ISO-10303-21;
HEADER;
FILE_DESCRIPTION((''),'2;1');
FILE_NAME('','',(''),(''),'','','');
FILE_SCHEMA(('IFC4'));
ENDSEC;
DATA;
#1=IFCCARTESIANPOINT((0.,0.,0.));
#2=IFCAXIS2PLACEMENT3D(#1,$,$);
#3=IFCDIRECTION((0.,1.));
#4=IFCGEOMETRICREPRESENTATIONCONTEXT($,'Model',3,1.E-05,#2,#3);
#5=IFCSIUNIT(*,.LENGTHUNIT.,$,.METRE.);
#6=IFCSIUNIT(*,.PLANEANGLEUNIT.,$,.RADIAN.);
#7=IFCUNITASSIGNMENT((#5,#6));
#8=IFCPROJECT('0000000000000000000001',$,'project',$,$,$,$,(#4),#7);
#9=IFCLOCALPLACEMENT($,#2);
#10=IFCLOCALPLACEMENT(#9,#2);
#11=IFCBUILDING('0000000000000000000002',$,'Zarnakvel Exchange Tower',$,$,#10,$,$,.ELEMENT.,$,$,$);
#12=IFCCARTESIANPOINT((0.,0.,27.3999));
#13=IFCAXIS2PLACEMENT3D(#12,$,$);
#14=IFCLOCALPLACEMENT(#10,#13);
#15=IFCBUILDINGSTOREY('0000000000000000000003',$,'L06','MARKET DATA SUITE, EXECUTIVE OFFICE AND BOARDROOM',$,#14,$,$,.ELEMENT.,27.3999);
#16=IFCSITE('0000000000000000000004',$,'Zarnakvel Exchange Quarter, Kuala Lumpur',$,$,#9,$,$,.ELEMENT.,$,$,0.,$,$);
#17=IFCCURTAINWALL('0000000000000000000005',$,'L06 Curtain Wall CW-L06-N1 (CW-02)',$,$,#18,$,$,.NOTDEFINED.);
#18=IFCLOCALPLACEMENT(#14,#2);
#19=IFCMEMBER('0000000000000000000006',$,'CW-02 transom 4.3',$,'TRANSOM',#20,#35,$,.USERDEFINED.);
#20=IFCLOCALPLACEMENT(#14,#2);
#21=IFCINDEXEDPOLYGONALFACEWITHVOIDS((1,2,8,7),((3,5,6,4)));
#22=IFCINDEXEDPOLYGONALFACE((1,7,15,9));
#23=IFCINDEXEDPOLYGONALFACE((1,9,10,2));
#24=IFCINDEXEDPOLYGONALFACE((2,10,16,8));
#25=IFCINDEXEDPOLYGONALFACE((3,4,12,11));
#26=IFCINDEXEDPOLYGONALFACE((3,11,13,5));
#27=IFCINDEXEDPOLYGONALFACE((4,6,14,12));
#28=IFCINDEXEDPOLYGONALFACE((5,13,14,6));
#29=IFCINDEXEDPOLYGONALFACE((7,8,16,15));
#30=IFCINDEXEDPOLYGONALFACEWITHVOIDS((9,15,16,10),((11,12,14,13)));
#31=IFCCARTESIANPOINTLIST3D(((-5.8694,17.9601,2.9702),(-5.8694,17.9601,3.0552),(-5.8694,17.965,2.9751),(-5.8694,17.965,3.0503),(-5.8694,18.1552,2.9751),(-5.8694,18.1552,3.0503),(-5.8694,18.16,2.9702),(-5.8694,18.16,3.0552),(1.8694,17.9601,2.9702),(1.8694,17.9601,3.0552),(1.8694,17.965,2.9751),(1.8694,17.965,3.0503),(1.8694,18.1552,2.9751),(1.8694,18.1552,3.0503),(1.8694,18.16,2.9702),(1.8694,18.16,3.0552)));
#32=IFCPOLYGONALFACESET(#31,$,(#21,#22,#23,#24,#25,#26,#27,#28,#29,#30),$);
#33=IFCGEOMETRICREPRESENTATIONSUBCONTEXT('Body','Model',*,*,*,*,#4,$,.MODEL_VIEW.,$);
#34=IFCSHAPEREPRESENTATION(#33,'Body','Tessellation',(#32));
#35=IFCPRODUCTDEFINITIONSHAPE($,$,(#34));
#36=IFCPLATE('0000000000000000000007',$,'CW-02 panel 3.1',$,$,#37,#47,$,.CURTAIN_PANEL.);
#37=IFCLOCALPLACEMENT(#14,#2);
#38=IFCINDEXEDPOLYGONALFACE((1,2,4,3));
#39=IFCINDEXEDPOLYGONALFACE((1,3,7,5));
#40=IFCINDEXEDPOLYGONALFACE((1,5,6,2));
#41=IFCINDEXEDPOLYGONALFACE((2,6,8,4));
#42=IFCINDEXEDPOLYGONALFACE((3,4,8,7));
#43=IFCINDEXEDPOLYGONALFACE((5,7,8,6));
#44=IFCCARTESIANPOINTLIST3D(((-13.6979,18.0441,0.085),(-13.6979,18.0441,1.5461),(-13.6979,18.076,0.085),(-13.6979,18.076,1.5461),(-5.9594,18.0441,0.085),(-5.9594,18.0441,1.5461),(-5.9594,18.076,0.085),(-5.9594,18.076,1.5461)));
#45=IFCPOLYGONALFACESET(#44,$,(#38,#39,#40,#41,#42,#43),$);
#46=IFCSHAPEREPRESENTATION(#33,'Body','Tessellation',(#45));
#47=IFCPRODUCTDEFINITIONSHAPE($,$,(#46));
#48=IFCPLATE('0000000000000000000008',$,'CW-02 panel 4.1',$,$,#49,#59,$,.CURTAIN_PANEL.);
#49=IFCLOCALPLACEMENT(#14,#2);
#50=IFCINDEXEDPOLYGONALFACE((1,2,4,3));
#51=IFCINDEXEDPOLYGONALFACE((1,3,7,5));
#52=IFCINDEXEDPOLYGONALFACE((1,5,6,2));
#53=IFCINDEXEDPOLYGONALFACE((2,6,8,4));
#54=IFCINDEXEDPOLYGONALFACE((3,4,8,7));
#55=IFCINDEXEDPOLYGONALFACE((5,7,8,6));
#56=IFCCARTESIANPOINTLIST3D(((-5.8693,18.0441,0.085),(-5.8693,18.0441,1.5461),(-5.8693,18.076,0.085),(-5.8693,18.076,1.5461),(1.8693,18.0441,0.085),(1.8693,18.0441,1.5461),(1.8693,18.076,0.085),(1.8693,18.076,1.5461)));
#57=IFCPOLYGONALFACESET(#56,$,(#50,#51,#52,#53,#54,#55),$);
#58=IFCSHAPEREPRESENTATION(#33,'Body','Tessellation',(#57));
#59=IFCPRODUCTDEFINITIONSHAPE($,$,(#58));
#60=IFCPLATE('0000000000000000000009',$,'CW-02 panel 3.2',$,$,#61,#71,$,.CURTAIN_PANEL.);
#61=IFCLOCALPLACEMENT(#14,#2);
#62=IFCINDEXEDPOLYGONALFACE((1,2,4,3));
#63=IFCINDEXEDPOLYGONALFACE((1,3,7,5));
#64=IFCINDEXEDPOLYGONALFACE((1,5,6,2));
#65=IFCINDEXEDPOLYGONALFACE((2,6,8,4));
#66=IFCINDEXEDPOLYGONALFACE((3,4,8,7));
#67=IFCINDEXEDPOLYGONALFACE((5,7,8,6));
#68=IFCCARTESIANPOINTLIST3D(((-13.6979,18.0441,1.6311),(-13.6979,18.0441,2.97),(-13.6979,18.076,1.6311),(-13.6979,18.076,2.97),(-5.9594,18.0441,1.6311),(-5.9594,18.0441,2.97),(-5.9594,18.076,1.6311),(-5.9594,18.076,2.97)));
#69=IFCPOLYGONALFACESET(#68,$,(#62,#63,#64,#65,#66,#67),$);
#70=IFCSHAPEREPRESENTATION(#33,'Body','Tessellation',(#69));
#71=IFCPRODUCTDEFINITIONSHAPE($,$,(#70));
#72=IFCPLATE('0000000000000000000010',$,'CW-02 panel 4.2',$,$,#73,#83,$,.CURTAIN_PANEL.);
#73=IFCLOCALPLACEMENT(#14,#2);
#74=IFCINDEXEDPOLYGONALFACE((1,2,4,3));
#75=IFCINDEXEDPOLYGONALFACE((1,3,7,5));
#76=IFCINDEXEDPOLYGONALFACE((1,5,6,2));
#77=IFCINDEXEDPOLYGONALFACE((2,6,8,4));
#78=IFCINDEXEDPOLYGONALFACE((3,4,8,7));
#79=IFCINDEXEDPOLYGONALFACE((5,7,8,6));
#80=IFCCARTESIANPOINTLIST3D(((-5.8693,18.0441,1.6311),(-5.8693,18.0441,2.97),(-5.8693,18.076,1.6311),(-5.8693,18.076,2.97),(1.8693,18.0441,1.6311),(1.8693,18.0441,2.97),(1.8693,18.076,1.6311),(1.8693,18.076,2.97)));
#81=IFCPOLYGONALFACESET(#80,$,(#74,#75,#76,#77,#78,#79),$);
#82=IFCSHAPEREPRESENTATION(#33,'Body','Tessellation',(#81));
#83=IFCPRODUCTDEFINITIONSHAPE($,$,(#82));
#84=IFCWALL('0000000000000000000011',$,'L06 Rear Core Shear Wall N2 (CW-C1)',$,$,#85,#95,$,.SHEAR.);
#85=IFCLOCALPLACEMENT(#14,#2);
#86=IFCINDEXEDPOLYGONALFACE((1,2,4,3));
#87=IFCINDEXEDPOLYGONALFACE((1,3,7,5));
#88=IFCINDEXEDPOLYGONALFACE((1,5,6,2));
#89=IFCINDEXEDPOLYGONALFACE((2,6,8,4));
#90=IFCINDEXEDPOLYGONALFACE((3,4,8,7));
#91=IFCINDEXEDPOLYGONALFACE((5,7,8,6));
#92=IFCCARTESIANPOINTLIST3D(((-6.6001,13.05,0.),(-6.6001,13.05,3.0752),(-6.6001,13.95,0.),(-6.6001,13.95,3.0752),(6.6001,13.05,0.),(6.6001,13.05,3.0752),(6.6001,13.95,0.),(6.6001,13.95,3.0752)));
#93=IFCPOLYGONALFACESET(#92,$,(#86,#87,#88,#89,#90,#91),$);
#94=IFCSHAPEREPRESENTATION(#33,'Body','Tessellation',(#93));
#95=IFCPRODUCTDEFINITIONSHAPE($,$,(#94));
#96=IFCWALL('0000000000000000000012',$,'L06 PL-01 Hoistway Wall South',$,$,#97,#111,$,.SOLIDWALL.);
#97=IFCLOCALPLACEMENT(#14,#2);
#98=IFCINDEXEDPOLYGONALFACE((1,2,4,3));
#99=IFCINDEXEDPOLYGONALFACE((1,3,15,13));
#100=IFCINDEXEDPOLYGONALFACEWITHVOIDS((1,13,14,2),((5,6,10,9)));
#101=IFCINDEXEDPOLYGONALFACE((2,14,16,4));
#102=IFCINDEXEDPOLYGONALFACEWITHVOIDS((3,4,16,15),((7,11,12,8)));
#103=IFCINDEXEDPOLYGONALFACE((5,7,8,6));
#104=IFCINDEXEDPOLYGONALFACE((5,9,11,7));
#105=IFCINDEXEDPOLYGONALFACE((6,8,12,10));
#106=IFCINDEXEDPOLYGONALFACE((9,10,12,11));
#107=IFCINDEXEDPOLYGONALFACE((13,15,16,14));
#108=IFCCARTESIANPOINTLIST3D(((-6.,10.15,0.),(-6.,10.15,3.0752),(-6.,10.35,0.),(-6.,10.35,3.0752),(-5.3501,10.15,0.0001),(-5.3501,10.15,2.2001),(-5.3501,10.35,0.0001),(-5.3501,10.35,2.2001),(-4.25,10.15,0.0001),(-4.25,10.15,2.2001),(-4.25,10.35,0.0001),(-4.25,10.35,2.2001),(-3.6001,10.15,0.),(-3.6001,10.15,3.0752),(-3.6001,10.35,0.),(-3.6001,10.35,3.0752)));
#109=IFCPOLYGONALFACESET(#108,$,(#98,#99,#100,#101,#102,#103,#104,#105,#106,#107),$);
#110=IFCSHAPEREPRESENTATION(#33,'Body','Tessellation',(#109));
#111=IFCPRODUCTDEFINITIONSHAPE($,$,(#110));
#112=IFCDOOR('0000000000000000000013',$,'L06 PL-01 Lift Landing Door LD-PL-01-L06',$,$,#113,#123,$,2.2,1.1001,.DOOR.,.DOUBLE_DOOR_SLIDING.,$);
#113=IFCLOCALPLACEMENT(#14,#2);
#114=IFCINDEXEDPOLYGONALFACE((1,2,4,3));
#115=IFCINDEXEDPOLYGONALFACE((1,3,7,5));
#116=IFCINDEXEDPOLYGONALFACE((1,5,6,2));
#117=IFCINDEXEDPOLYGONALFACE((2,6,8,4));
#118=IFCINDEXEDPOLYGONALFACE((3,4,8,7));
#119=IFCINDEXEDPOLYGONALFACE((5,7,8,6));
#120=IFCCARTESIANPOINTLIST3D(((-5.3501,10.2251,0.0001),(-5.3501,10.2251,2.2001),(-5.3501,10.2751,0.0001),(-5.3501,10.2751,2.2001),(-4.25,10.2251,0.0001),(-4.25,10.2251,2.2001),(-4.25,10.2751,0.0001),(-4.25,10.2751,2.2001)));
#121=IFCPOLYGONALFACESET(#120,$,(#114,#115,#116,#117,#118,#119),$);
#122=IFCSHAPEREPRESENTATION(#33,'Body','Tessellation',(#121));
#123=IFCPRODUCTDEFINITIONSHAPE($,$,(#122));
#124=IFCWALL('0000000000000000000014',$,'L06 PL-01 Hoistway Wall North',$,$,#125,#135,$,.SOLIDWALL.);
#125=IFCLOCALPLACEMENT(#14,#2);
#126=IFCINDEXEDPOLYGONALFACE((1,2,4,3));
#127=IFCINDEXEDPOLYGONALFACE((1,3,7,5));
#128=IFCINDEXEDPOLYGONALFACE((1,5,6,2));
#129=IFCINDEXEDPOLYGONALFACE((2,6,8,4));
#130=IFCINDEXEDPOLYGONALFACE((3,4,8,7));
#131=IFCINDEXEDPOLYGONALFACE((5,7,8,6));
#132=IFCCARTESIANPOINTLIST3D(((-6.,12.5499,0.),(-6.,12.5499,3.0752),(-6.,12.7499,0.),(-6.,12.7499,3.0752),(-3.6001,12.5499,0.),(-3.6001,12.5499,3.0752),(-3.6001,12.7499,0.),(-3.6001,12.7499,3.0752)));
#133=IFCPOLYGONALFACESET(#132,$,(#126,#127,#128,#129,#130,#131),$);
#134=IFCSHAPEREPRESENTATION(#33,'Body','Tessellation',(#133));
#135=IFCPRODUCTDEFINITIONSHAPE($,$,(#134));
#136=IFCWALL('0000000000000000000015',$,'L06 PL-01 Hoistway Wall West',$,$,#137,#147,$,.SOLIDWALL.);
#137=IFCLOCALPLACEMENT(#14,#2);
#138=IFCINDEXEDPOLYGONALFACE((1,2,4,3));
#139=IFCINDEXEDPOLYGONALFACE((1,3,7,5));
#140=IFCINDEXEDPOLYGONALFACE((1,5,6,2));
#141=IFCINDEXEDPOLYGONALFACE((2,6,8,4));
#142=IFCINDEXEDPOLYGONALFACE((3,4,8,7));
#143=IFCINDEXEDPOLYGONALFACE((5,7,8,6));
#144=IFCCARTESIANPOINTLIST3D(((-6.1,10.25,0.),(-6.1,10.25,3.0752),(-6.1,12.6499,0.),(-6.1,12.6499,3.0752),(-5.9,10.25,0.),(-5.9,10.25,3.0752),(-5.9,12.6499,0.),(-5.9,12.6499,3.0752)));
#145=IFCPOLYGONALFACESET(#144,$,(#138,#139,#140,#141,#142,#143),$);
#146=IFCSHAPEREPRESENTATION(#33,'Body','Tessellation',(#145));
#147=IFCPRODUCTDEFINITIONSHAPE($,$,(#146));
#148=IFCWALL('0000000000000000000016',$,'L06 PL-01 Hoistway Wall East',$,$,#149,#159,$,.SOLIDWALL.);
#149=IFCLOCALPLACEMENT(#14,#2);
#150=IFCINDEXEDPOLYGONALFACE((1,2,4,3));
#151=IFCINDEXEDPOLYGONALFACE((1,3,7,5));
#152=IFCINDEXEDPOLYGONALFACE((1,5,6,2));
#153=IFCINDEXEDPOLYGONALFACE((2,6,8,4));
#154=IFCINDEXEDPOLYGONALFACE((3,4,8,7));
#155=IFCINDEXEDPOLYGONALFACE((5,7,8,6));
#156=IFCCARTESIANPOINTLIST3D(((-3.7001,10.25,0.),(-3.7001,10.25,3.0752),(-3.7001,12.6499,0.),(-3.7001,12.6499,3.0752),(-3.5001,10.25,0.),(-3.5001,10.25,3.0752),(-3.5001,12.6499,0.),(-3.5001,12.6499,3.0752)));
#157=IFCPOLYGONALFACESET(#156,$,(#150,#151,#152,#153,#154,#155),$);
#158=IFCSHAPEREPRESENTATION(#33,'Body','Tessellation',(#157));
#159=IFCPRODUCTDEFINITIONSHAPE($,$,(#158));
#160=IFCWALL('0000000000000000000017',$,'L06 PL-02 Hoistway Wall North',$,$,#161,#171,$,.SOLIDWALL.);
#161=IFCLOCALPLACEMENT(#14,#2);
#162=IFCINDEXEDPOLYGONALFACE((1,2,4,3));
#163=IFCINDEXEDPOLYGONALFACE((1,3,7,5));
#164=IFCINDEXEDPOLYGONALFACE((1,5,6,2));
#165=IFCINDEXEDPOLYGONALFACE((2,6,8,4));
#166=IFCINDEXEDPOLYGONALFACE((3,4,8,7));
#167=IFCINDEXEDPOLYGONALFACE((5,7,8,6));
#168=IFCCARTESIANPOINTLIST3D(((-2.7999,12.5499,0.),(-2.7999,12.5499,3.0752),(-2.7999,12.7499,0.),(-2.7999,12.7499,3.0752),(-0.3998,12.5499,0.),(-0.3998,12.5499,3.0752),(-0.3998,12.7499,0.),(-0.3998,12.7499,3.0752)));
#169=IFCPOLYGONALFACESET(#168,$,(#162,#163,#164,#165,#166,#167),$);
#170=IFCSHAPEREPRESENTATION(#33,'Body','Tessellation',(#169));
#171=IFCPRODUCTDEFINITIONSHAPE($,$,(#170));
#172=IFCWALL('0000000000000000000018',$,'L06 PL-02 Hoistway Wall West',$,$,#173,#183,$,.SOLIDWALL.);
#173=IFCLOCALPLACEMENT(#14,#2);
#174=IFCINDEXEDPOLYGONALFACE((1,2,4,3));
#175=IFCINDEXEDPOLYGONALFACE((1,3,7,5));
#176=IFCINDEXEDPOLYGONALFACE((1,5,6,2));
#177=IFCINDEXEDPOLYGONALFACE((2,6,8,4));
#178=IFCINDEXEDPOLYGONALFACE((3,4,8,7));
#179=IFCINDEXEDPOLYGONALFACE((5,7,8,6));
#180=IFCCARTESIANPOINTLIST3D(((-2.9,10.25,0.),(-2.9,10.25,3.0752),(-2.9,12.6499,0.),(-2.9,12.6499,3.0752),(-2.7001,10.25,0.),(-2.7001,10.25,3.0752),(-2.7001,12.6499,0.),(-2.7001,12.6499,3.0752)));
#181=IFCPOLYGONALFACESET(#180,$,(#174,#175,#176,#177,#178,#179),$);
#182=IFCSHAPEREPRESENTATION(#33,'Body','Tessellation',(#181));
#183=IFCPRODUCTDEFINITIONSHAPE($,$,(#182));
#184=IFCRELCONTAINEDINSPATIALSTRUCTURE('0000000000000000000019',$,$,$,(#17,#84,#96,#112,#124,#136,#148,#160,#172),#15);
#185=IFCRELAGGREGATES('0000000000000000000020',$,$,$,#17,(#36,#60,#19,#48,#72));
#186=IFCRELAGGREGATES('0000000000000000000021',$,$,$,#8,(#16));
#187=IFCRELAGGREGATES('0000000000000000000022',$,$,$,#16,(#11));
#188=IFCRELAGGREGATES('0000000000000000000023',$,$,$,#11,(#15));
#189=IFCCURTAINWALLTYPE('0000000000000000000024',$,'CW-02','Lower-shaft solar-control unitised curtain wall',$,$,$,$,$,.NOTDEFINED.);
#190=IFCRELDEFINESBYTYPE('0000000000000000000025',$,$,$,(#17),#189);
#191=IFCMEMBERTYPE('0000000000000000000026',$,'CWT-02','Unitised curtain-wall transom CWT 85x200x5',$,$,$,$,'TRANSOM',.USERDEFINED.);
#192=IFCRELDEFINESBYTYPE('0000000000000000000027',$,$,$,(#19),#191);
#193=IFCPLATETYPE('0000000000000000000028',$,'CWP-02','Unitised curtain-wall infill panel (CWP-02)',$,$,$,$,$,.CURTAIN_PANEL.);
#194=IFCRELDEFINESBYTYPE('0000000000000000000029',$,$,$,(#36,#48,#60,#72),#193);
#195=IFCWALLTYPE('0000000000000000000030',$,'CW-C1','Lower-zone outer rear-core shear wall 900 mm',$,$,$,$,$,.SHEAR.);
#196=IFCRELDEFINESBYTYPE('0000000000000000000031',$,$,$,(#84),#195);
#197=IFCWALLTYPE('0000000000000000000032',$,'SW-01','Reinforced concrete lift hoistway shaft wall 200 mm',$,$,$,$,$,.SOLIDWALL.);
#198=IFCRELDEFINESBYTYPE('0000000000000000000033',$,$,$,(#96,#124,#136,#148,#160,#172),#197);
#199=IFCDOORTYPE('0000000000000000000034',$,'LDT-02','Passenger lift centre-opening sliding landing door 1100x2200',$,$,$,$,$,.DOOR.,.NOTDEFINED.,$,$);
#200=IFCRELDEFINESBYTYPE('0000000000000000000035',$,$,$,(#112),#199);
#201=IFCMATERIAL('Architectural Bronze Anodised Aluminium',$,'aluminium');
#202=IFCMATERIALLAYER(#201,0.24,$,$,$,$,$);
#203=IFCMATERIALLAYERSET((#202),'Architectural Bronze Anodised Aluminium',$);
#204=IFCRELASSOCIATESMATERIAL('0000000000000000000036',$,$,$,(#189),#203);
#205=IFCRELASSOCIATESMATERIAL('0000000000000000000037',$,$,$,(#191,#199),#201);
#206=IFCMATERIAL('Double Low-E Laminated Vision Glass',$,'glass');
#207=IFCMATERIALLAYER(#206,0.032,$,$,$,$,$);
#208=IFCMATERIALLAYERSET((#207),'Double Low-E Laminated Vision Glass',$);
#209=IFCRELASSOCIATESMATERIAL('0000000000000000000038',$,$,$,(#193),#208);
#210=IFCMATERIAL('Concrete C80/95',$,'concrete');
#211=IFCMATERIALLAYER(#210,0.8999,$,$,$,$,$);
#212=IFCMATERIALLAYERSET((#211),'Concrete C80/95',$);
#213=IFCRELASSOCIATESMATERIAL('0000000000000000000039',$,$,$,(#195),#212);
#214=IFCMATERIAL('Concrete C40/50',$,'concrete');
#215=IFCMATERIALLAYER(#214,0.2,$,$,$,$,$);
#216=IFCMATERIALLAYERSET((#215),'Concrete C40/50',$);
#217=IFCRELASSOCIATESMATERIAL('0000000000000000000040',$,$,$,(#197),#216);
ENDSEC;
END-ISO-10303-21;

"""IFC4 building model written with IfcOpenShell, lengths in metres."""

from ifc_helpers import new_model, si_unit, direction, frame, frame_2d, origin, origin_2d, place, context, subcontext, project, spatial, rectangle, hollow_rectangle, extrude, source, transform, mapped, material, layer, layer_set, material_profile, profile_set, type_object, element, fill, aggregate, save


model = new_model("IFC4")

# Units and contexts
model_context = context("Model", 3, precision=1e-05, world=origin(), true_north=direction((0.0, 1.0)))
body_context = subcontext(model_context, "Body", "Model", "MODEL_VIEW")
ifc_project = project(units=[si_unit("LENGTHUNIT", "METRE"), si_unit("PLANEANGLEUNIT", "RADIAN")], contexts=[model_context])

# Site, building, storey
site_placement = place(None, origin())
site = spatial("IfcSite", under=ifc_project, at=site_placement, Name="Zarnakvel Exchange Quarter, Kuala Lumpur", CompositionType="ELEMENT", RefElevation=0.0)
building_placement = place(site_placement, origin())
building = spatial("IfcBuilding", under=site, at=building_placement, Name="Zarnakvel Exchange Tower", CompositionType="ELEMENT")
storey_placement = place(building_placement, frame((0.0, 0.0, 27.3999)))
storey = spatial("IfcBuildingStorey", under=building, at=storey_placement, Name="L06", Description="MARKET DATA SUITE, EXECUTIVE OFFICE AND BOARDROOM", CompositionType="ELEMENT", Elevation=27.3999)

# Shared definitions
ifc_material_1 = material(Name="Concrete C80/95", Category="concrete")

# Curtain wall, member, plates
ifc_material_2 = material(Name="Architectural Bronze Anodised Aluminium", Category="aluminium")
ifc_layer_1 = layer(ifc_material_2, 0.24)
ifc_layer_set_1 = layer_set([ifc_layer_1], Name="Architectural Bronze Anodised Aluminium")
curtain_wall_type = type_object("IfcCurtainWallType", Name="CW-02", Description="Lower-shaft solar-control unitised curtain wall", PredefinedType="NOTDEFINED", material=ifc_layer_set_1)
curtain_wall_placement = place(storey_placement, origin())
curtain_wall = element("IfcCurtainWall", 1, at=curtain_wall_placement, inside=storey, type_object=curtain_wall_type, Name="L06 Curtain Wall CW-L06-N1 (CW-02)", PredefinedType="NOTDEFINED")
ifc_material_profile_1 = material_profile(ifc_material_2, hollow_rectangle(XDim=0.2, YDim=0.085, WallThickness=0.0049, at=origin_2d()))
ifc_profile_set_1 = profile_set([ifc_material_profile_1], Name="Architectural Bronze Anodised Aluminium")
member_type_1 = type_object("IfcMemberType", Name="CWT-02", Description="Unitised curtain-wall transom CWT 85x200x5", ElementType="TRANSOM", PredefinedType="USERDEFINED", material=ifc_profile_set_1)
shared_shape_1 = source(origin(), body_context, "Body", "SweptSolid", [
    extrude(hollow_rectangle(XDim=0.2, YDim=0.085, WallThickness=0.0049, at=origin_2d()), origin(), (0.0, 0.0, 1.0), 7.7388),
])
member_1_placement = place(storey_placement, frame((-5.8694, 18.0601, 3.0127), z_axis=(1.0, 0.0, 0.0), x_axis=(0.0, 1.0, 0.0)))
member_1 = element("IfcMember", 2, at=member_1_placement, type_object=member_type_1, Name="CW-02 transom 4.3", ObjectType="TRANSOM", PredefinedType="USERDEFINED", context=body_context, shape_type="MappedRepresentation", body=[
    mapped(shared_shape_1, transform((0.0, 0.0, 0.0), x_axis=(1.0, 0.0, 0.0), y_axis=(0.0, 1.0, 0.0), z_axis=(0.0, 0.0, 1.0), scale=1.0)),
])
ifc_material_3 = material(Name="Double Low-E Laminated Vision Glass", Category="glass")
ifc_layer_2 = layer(ifc_material_3, 0.032)
ifc_layer_set_2 = layer_set([ifc_layer_2], Name="Double Low-E Laminated Vision Glass")
plate_type = type_object("IfcPlateType", Name="CWP-02", Description="Unitised curtain-wall infill panel (CWP-02)", PredefinedType="CURTAIN_PANEL", material=ifc_layer_set_2)
shared_shape_2 = source(origin(), body_context, "Body", "SweptSolid", [
    extrude(rectangle(XDim=7.7385, YDim=0.032, at=origin_2d()), origin(), (0.0, 0.0, 1.0), 1.4612),
])
plate_1_placement = place(storey_placement, frame((-9.8286, 18.0601, 0.085), z_axis=(0.0, 0.0, 1.0), x_axis=(1.0, 0.0, 0.0)))
plate_1 = element("IfcPlate", 3, at=plate_1_placement, type_object=plate_type, Name="CW-02 panel 3.1", PredefinedType="CURTAIN_PANEL", context=body_context, shape_type="MappedRepresentation", body=[
    mapped(shared_shape_2, transform((0.0, 0.0, 0.0), x_axis=(1.0, 0.0, 0.0), y_axis=(0.0, 1.0, 0.0), z_axis=(0.0, 0.0, 1.0), scale=1.0)),
])
plate_2_placement = place(storey_placement, frame((-2.0, 18.0601, 0.085), z_axis=(0.0, 0.0, 1.0), x_axis=(1.0, 0.0, 0.0)))
plate_2 = element("IfcPlate", 4, at=plate_2_placement, type_object=plate_type, Name="CW-02 panel 4.1", PredefinedType="CURTAIN_PANEL", context=body_context, shape_type="MappedRepresentation", body=[
    mapped(shared_shape_2, transform((0.0, 0.0, 0.0), x_axis=(1.0, 0.0, 0.0), y_axis=(0.0, 1.0, 0.0), z_axis=(0.0, 0.0, 1.0), scale=1.0)),
])
shared_shape_3 = source(origin(), body_context, "Body", "SweptSolid", [
    extrude(rectangle(XDim=7.7385, YDim=0.032, at=origin_2d()), origin(), (0.0, 0.0, 1.0), 1.3389),
])
plate_3_placement = place(storey_placement, frame((-9.8286, 18.0601, 1.6311), z_axis=(0.0, 0.0, 1.0), x_axis=(1.0, 0.0, 0.0)))
plate_3 = element("IfcPlate", 5, at=plate_3_placement, type_object=plate_type, Name="CW-02 panel 3.2", PredefinedType="CURTAIN_PANEL", context=body_context, shape_type="MappedRepresentation", body=[
    mapped(shared_shape_3, transform((0.0, 0.0, 0.0), x_axis=(1.0, 0.0, 0.0), y_axis=(0.0, 1.0, 0.0), z_axis=(0.0, 0.0, 1.0), scale=1.0)),
])
plate_4_placement = place(storey_placement, frame((-2.0, 18.0601, 1.6311), z_axis=(0.0, 0.0, 1.0), x_axis=(1.0, 0.0, 0.0)))
plate_4 = element("IfcPlate", 6, at=plate_4_placement, type_object=plate_type, Name="CW-02 panel 4.2", PredefinedType="CURTAIN_PANEL", context=body_context, shape_type="MappedRepresentation", body=[
    mapped(shared_shape_3, transform((0.0, 0.0, 0.0), x_axis=(1.0, 0.0, 0.0), y_axis=(0.0, 1.0, 0.0), z_axis=(0.0, 0.0, 1.0), scale=1.0)),
])
aggregate(curtain_wall, [plate_1, plate_3, member_1, plate_2, plate_4])

# Wall
ifc_layer_3 = layer(ifc_material_1, 0.8999)
ifc_layer_set_3 = layer_set([ifc_layer_3], Name="Concrete C80/95")
wall_type_1 = type_object("IfcWallType", Name="CW-C1", Description="Lower-zone outer rear-core shear wall 900 mm", PredefinedType="SHEAR", material=ifc_layer_set_3)
wall_1_placement = place(storey_placement, frame((-6.6001, 13.5, 0.0), z_axis=(0.0, 0.0, 1.0), x_axis=(1.0, 0.0, 0.0)))
element("IfcWall", 7, at=wall_1_placement, inside=storey, type_object=wall_type_1, Name="L06 Rear Core Shear Wall N2 (CW-C1)", PredefinedType="SHEAR", context=body_context, shape_type="SweptSolid", body=[
    extrude(rectangle(XDim=13.2002, YDim=0.8999, at=frame_2d((6.6001, 0.0))), origin(), (0.0, 0.0, 1.0), 3.0752),
])

# Wall, opening, door
ifc_material_4 = material(Name="Concrete C40/50", Category="concrete")
ifc_layer_4 = layer(ifc_material_4, 0.2)
ifc_layer_set_4 = layer_set([ifc_layer_4], Name="Concrete C40/50")
wall_type_2 = type_object("IfcWallType", Name="SW-01", Description="Reinforced concrete lift hoistway shaft wall 200 mm", PredefinedType="SOLIDWALL", material=ifc_layer_set_4)
wall_2_placement = place(storey_placement, frame((-3.6001, 10.25, 0.0), z_axis=(0.0, 0.0, 1.0), x_axis=(-1.0, 0.0, 0.0)))
wall_2 = element("IfcWall", 8, at=wall_2_placement, inside=storey, type_object=wall_type_2, Name="L06 PL-01 Hoistway Wall South", PredefinedType="SOLIDWALL", context=body_context, shape_type="SweptSolid", body=[
    extrude(rectangle(XDim=2.3999, YDim=0.2, at=frame_2d((1.2, 0.0))), origin(), (0.0, 0.0, 1.0), 3.0752),
])
opening_placement = place(wall_2_placement, frame((0.6499, 0.0, 0.0)))
opening = element("IfcOpeningElement", 9, at=opening_placement, cuts=wall_2, PredefinedType="OPENING", context=body_context, shape_type="SweptSolid", body=[
    extrude(rectangle(XDim=1.1001, YDim=2.2, at=frame_2d((0.55, 1.1001))), frame((0.0, 0.1099, 0.0), z_axis=(0.0, -1.0, 0.0), x_axis=(1.0, 0.0, 0.0)), (0.0, 0.0, 1.0), 0.22),
])
door_type = type_object("IfcDoorType", Name="LDT-02", Description="Passenger lift centre-opening sliding landing door 1100x2200", OperationType="NOTDEFINED", PredefinedType="DOOR", material=ifc_material_2)
shared_shape_4 = source(origin(), body_context, "Body", "SweptSolid", [
    extrude(rectangle(XDim=1.1001, YDim=2.2, at=frame_2d((0.55, 1.1001))), frame((0.0, 0.0249, 0.0), z_axis=(0.0, -1.0, 0.0), x_axis=(1.0, 0.0, 0.0)), (0.0, 0.0, 1.0), 0.05),
])
door_placement = place(opening_placement, origin())
door = element("IfcDoor", 10, at=door_placement, inside=storey, type_object=door_type, Name="L06 PL-01 Lift Landing Door LD-PL-01-L06", OperationType="DOUBLE_DOOR_SLIDING", OverallHeight=2.2, OverallWidth=1.1001, PredefinedType="DOOR", context=body_context, shape_type="MappedRepresentation", body=[
    mapped(shared_shape_4, transform((0.0, 0.0, 0.0), x_axis=(1.0, 0.0, 0.0), y_axis=(0.0, 1.0, 0.0), z_axis=(0.0, 0.0, 1.0), scale=1.0)),
])
fill(opening, door)

# Walls
for number, where, z_axis, x_axis, name in (
    (11, (-6.0, 12.6499, 0.0), (0.0, 0.0, 1.0), (1.0, 0.0, 0.0), "L06 PL-01 Hoistway Wall North"),
    (12, (-6.0, 10.25, 0.0), (0.0, 0.0, 1.0), (0.0, 1.0, 0.0), "L06 PL-01 Hoistway Wall West"),
    (13, (-3.6001, 12.6499, 0.0), (0.0, 0.0, 1.0), (0.0, -1.0, 0.0), "L06 PL-01 Hoistway Wall East"),
):
    element("IfcWall", number, at=place(storey_placement, frame(where, z_axis=z_axis, x_axis=x_axis)), inside=storey, type_object=wall_type_2, Name=name, PredefinedType="SOLIDWALL", context=body_context, shape_type="SweptSolid", body=[
        extrude(rectangle(XDim=2.3999, YDim=0.2, at=frame_2d((1.2, 0.0))), origin(), (0.0, 0.0, 1.0), 3.0752),
    ])
wall_3_placement = place(storey_placement, frame((-2.8, 12.6499, 0.0), z_axis=(0.0, 0.0, 1.0), x_axis=(1.0, 0.0, 0.0)))
element("IfcWall", 14, at=wall_3_placement, inside=storey, type_object=wall_type_2, Name="L06 PL-02 Hoistway Wall North", PredefinedType="SOLIDWALL", context=body_context, shape_type="SweptSolid", body=[
    extrude(rectangle(XDim=2.4001, YDim=0.2, at=frame_2d((1.2002, 0.0))), origin(), (0.0, 0.0, 1.0), 3.0752),
])
wall_4_placement = place(storey_placement, frame((-2.8, 10.25, 0.0), z_axis=(0.0, 0.0, 1.0), x_axis=(0.0, 1.0, 0.0)))
element("IfcWall", 15, at=wall_4_placement, inside=storey, type_object=wall_type_2, Name="L06 PL-02 Hoistway Wall West", PredefinedType="SOLIDWALL", context=body_context, shape_type="SweptSolid", body=[
    extrude(rectangle(XDim=2.3999, YDim=0.2, at=frame_2d((1.2, 0.0))), origin(), (0.0, 0.0, 1.0), 3.0752),
])

save(model, "model.ifc")
